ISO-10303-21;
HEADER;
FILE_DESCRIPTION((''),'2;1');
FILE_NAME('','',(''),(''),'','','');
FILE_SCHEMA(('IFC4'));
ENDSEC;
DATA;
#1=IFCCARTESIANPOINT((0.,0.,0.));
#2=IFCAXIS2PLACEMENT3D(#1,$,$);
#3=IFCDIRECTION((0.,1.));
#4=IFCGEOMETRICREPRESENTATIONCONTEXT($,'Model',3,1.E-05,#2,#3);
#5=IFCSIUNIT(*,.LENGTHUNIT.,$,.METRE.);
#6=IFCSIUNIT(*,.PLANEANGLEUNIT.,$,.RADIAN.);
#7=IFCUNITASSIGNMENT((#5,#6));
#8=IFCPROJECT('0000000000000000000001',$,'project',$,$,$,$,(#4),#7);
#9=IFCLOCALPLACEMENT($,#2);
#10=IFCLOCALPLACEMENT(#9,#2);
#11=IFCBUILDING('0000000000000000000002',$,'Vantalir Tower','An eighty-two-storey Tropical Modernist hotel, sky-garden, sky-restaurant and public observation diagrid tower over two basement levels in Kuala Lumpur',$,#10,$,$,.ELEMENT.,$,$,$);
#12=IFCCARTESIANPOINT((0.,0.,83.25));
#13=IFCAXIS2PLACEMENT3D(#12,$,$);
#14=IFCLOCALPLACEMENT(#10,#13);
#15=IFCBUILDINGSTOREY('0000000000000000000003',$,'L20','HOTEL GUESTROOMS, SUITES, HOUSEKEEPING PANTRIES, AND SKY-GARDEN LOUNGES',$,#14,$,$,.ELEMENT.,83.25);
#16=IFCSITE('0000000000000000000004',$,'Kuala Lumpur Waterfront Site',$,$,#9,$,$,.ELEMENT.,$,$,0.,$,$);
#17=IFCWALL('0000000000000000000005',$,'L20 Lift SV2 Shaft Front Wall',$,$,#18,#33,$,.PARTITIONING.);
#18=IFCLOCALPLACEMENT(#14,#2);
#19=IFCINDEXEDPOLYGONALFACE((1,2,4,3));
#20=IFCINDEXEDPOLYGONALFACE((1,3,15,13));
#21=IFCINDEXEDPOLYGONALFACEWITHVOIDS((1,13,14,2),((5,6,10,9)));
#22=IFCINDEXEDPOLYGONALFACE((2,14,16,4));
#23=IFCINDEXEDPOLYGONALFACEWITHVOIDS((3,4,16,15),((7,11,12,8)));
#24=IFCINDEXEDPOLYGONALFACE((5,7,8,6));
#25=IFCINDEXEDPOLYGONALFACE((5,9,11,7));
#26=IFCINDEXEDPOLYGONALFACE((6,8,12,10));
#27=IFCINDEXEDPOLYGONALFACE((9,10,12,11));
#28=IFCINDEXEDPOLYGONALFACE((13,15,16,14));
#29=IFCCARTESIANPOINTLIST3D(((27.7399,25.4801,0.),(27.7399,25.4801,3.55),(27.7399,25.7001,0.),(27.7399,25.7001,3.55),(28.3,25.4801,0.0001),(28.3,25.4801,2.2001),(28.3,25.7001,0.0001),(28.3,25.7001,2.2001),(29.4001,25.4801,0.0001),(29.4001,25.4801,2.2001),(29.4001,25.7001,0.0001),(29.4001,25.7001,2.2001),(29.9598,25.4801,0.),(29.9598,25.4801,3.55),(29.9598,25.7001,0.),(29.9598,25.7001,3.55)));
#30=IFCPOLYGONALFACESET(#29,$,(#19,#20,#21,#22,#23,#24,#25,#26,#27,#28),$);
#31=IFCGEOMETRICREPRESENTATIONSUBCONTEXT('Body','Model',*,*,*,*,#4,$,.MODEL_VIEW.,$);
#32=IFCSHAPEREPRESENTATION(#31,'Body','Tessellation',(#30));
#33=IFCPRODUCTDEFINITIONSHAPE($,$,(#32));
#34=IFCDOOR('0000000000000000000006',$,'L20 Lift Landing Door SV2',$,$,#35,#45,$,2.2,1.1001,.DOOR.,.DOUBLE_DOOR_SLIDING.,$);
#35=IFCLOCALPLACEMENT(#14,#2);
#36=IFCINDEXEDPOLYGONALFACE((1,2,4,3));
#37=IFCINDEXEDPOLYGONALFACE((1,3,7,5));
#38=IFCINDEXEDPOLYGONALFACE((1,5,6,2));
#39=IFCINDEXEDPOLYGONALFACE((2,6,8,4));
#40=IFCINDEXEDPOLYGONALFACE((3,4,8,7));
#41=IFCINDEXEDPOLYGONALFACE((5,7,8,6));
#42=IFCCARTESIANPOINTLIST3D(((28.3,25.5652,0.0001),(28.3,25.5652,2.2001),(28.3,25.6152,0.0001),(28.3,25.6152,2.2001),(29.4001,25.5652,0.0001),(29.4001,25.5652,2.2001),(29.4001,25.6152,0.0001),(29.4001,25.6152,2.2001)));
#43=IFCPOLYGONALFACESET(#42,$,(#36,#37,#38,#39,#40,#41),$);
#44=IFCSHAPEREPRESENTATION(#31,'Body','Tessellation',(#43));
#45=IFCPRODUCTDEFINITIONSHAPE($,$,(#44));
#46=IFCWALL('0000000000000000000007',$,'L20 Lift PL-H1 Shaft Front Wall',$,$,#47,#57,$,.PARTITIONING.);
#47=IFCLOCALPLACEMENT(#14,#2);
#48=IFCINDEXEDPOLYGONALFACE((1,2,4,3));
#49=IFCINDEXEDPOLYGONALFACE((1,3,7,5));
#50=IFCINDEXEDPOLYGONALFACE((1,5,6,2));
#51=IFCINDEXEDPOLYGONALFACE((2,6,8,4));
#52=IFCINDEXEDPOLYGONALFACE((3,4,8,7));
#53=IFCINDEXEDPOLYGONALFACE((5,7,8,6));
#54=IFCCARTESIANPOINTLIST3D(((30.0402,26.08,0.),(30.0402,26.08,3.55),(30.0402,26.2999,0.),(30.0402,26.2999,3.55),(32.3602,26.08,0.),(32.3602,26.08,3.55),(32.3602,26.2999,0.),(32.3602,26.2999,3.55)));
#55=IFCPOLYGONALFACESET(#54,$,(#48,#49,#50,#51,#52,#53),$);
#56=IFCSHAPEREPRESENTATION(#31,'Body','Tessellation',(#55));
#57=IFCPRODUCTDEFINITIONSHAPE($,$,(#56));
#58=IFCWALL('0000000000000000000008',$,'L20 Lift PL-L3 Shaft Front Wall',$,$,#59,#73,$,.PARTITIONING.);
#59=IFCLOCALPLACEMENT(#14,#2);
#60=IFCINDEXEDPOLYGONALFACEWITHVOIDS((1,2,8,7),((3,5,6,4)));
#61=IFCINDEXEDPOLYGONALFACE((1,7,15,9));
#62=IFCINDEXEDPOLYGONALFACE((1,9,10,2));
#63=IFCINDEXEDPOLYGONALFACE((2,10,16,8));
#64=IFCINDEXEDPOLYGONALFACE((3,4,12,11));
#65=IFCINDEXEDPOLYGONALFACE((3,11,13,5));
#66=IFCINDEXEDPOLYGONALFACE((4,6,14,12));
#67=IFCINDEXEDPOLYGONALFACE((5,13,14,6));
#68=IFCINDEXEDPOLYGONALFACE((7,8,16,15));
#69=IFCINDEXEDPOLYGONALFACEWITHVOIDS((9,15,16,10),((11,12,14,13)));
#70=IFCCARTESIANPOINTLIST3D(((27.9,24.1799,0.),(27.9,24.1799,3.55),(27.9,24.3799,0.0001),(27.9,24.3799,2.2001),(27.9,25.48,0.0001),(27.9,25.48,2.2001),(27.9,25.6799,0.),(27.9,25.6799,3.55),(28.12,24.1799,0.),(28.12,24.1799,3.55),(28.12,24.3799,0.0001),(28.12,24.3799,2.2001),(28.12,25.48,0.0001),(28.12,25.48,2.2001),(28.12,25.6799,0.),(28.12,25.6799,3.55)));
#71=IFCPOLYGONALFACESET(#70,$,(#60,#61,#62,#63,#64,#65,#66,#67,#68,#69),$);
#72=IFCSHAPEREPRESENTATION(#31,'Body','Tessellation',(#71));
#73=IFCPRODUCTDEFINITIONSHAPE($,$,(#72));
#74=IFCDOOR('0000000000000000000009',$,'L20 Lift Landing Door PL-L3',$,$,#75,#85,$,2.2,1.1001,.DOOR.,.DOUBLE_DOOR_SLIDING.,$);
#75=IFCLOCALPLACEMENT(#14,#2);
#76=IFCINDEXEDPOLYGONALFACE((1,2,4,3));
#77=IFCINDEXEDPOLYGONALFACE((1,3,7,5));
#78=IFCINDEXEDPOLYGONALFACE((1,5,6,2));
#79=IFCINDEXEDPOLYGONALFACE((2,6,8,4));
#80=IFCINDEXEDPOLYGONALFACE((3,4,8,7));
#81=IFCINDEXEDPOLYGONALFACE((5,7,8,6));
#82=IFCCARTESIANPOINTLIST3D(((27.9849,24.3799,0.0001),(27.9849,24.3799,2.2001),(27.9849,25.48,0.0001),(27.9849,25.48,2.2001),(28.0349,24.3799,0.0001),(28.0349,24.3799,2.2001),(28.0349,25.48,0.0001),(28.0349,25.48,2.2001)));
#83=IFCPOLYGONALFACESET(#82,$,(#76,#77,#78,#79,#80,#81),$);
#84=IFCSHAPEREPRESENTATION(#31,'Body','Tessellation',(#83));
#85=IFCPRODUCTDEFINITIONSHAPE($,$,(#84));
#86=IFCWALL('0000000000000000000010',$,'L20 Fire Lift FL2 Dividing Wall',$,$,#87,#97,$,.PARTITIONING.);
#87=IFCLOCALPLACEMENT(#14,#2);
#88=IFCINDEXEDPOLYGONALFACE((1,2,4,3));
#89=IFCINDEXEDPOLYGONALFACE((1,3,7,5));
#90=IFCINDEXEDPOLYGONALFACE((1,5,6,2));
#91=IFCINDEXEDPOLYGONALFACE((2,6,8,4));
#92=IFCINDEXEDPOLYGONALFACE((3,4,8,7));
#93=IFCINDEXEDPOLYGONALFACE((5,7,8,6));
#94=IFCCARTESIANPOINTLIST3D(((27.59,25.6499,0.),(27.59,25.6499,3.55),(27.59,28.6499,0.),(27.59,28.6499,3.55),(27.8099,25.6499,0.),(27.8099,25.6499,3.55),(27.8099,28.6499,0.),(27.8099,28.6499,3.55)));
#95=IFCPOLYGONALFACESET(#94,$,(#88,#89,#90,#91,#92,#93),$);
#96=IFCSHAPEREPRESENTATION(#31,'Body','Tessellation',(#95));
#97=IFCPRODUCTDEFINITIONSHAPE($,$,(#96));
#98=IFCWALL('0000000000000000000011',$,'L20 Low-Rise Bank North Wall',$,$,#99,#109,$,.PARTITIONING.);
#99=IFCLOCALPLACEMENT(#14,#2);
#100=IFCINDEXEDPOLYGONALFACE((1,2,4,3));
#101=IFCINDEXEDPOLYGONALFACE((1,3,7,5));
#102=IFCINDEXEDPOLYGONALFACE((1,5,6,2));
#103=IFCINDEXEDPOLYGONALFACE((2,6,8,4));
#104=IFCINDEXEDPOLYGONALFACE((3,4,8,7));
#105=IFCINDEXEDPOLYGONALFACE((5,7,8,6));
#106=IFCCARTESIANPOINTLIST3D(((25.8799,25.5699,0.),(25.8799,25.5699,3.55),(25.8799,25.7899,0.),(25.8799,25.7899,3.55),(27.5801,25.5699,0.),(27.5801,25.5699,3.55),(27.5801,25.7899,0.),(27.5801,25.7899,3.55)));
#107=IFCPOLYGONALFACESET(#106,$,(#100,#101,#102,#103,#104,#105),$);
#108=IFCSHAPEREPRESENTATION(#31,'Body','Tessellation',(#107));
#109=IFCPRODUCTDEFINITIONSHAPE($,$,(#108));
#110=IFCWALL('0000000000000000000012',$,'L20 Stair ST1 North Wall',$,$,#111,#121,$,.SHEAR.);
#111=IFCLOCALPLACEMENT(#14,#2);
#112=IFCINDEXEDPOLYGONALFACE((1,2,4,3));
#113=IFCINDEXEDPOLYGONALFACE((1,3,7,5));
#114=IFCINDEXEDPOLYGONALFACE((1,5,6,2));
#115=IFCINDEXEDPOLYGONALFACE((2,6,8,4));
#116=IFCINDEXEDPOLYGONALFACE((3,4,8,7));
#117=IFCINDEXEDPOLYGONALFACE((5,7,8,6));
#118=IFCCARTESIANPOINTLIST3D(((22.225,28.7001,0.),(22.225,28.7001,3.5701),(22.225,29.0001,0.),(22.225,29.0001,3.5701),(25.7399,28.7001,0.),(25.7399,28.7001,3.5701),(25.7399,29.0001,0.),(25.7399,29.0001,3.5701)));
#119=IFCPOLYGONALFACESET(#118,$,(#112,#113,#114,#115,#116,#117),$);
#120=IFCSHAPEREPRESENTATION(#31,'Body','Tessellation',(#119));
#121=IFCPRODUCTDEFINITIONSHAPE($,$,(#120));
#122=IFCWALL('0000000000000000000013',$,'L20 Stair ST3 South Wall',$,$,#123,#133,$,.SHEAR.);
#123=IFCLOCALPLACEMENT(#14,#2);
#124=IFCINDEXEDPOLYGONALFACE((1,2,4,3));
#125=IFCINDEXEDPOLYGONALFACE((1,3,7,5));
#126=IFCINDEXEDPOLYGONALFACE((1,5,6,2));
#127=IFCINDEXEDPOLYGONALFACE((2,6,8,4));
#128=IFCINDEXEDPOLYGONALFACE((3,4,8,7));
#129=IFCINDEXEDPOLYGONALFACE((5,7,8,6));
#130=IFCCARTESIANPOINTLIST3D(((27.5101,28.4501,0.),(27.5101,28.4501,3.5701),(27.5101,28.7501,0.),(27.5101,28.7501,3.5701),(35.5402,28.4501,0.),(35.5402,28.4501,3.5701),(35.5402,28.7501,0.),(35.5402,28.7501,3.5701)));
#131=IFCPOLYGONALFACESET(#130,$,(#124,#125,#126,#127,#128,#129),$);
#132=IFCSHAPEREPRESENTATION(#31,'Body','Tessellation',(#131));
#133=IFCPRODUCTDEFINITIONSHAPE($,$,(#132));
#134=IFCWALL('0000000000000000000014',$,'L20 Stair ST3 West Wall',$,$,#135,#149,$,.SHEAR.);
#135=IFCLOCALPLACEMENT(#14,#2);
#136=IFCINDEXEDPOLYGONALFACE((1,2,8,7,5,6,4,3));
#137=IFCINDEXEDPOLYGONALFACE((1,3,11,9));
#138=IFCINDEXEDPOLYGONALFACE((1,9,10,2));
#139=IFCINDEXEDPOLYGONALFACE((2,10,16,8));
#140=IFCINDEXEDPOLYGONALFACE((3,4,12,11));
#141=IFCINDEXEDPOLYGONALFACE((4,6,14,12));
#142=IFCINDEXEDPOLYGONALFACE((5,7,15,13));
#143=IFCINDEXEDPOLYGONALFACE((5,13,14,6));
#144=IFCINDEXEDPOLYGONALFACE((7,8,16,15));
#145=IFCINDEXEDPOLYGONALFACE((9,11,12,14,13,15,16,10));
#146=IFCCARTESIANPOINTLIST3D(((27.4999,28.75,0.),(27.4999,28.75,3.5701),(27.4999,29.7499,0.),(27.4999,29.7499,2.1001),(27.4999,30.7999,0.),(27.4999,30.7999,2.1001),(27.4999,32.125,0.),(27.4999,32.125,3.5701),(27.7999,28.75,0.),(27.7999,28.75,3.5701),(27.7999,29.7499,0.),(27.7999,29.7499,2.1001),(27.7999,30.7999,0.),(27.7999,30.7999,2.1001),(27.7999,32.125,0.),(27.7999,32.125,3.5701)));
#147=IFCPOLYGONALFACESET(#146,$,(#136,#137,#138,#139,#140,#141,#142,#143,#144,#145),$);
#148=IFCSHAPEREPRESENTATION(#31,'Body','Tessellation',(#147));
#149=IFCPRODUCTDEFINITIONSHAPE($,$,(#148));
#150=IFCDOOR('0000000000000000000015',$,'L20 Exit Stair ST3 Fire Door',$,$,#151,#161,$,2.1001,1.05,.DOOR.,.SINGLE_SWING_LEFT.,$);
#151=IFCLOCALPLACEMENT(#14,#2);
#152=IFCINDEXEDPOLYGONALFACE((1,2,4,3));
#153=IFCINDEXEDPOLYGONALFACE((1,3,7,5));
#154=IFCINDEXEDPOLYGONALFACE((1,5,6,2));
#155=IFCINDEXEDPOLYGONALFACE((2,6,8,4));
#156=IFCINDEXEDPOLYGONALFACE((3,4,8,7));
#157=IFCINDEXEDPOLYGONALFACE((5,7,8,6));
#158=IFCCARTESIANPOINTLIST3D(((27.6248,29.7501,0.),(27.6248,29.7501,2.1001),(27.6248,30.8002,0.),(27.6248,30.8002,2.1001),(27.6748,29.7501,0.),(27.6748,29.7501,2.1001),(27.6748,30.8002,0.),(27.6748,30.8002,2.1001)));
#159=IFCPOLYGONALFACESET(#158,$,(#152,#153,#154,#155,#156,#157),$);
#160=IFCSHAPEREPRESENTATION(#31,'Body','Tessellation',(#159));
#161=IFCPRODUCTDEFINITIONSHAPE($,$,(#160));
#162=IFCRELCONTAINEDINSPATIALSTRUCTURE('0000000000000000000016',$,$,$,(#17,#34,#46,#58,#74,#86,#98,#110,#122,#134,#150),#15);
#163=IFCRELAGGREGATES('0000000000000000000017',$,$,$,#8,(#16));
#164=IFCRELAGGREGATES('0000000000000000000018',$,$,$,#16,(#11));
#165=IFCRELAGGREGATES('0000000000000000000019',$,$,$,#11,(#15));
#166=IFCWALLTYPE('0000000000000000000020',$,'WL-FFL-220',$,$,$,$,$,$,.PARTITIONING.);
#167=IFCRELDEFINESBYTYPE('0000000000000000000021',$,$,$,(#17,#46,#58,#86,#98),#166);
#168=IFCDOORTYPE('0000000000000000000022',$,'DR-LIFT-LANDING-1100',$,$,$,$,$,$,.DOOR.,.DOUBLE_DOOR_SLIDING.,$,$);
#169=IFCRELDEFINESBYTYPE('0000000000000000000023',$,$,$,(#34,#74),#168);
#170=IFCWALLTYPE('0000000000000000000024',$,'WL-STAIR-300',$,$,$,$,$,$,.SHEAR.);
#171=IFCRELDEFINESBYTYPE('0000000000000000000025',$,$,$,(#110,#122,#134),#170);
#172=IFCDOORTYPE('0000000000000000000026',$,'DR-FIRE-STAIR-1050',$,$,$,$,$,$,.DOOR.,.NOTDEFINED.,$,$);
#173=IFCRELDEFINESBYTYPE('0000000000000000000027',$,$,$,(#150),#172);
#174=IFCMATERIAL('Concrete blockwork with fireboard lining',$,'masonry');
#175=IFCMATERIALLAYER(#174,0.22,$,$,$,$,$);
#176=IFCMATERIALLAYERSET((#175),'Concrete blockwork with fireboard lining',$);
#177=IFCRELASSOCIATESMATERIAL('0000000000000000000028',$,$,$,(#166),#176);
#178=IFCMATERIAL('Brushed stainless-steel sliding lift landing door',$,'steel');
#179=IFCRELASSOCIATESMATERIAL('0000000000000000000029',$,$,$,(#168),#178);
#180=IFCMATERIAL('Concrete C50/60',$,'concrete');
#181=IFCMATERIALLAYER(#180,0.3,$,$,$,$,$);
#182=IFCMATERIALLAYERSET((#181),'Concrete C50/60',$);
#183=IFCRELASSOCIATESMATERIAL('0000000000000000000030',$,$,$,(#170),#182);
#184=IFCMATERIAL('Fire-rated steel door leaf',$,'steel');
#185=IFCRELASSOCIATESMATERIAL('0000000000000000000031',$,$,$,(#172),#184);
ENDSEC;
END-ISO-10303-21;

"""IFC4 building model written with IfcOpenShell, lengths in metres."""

from ifc_helpers import new_model, si_unit, direction, frame, frame_2d, origin, place, context, subcontext, project, spatial, rectangle, extrude, material, layer, layer_set, type_object, element, fill, save


model = new_model("IFC4")

# Units and contexts
model_context = context("Model", 3, precision=1e-05, world=origin(), true_north=direction((0.0, 1.0)))
body_context = subcontext(model_context, "Body", "Model", "MODEL_VIEW")
ifc_project = project(units=[si_unit("LENGTHUNIT", "METRE"), si_unit("PLANEANGLEUNIT", "RADIAN")], contexts=[model_context])

# Site, building, storey
site_placement = place(None, origin())
site = spatial("IfcSite", under=ifc_project, at=site_placement, Name="Kuala Lumpur Waterfront Site", CompositionType="ELEMENT", RefElevation=0.0)
building_placement = place(site_placement, origin())
building = spatial("IfcBuilding", under=site, at=building_placement, Name="Vantalir Tower", Description="An eighty-two-storey Tropical Modernist hotel, sky-garden, sky-restaurant and public observation diagrid tower over two basement levels in Kuala Lumpur", CompositionType="ELEMENT")
storey_placement = place(building_placement, frame((0.0, 0.0, 83.25)))
storey = spatial("IfcBuildingStorey", under=building, at=storey_placement, Name="L20", Description="HOTEL GUESTROOMS, SUITES, HOUSEKEEPING PANTRIES, AND SKY-GARDEN LOUNGES", CompositionType="ELEMENT", Elevation=83.25)

# Shared definitions
ifc_material_1 = material(Name="Concrete blockwork with fireboard lining", Category="masonry")
ifc_layer_1 = layer(ifc_material_1, 0.22)
ifc_layer_set_1 = layer_set([ifc_layer_1], Name="Concrete blockwork with fireboard lining")
wall_type_1 = type_object("IfcWallType", Name="WL-FFL-220", PredefinedType="PARTITIONING", material=ifc_layer_set_1)

# Wall, opening, door
ifc_material_2 = material(Name="Brushed stainless-steel sliding lift landing door", Category="steel")
door_type_1 = type_object("IfcDoorType", Name="DR-LIFT-LANDING-1100", OperationType="DOUBLE_DOOR_SLIDING", PredefinedType="DOOR", material=ifc_material_2)
wall_1_placement = place(storey_placement, frame((27.74, 25.5901, 0.0), z_axis=(0.0, 0.0, 1.0), x_axis=(1.0, 0.0, 0.0)))
wall_1 = element("IfcWall", 1, at=wall_1_placement, inside=storey, type_object=wall_type_1, Name="L20 Lift SV2 Shaft Front Wall", PredefinedType="PARTITIONING", context=body_context, shape_type="SweptSolid", body=[
    extrude(rectangle(XDim=2.22, YDim=0.22, at=frame_2d((1.1099, 0.0))), origin(), (0.0, 0.0, 1.0), 3.55),
])
opening_1_placement = place(wall_1_placement, frame((0.5601, 0.0, 0.0)))
opening_1 = element("IfcOpeningElement", 2, at=opening_1_placement, cuts=wall_1, PredefinedType="OPENING", context=body_context, shape_type="SweptSolid", body=[
    extrude(rectangle(XDim=1.1001, YDim=2.2, at=frame_2d((0.55, 1.1001))), frame((0.0, 0.1199, 0.0), z_axis=(0.0, -1.0, 0.0), x_axis=(1.0, 0.0, 0.0)), (0.0, 0.0, 1.0), 0.24),
])
door_1_placement = place(opening_1_placement, frame((1.1001, 0.0, 0.0), z_axis=(0.0, 0.0, 1.0), x_axis=(-1.0, 0.0, 0.0)))
door_1 = element("IfcDoor", 3, at=door_1_placement, inside=storey, type_object=door_type_1, Name="L20 Lift Landing Door SV2", OperationType="DOUBLE_DOOR_SLIDING", OverallHeight=2.2, OverallWidth=1.1001, PredefinedType="DOOR", context=body_context, shape_type="SweptSolid", body=[
    extrude(rectangle(XDim=1.1001, YDim=2.2, at=frame_2d((0.55, 1.1001))), frame((0.0, 0.0249, 0.0), z_axis=(0.0, -1.0, 0.0), x_axis=(1.0, 0.0, 0.0)), (0.0, 0.0, 1.0), 0.05),
])
fill(opening_1, door_1)

# Wall
wall_2_placement = place(storey_placement, frame((30.04, 26.1899, 0.0), z_axis=(0.0, 0.0, 1.0), x_axis=(1.0, 0.0, 0.0)))
element("IfcWall", 4, at=wall_2_placement, inside=storey, type_object=wall_type_1, Name="L20 Lift PL-H1 Shaft Front Wall", PredefinedType="PARTITIONING", context=body_context, shape_type="SweptSolid", body=[
    extrude(rectangle(XDim=2.3201, YDim=0.22, at=frame_2d((1.1602, 0.0))), origin(), (0.0, 0.0, 1.0), 3.55),
])

# Wall, opening, door
wall_3_placement = place(storey_placement, frame((28.01, 24.1799, 0.0), z_axis=(0.0, 0.0, 1.0), x_axis=(0.0, 1.0, 0.0)))
wall_3 = element("IfcWall", 5, at=wall_3_placement, inside=storey, type_object=wall_type_1, Name="L20 Lift PL-L3 Shaft Front Wall", PredefinedType="PARTITIONING", context=body_context, shape_type="SweptSolid", body=[
    extrude(rectangle(XDim=1.5, YDim=0.22, at=frame_2d((0.75, 0.0))), origin(), (0.0, 0.0, 1.0), 3.55),
])
opening_2_placement = place(wall_3_placement, frame((0.2, 0.0, 0.0)))
opening_2 = element("IfcOpeningElement", 6, at=opening_2_placement, cuts=wall_3, PredefinedType="OPENING", context=body_context, shape_type="SweptSolid", body=[
    extrude(rectangle(XDim=1.1001, YDim=2.2, at=frame_2d((0.55, 1.1001))), frame((0.0, 0.1199, 0.0), z_axis=(0.0, -1.0, 0.0), x_axis=(1.0, 0.0, 0.0)), (0.0, 0.0, 1.0), 0.24),
])
door_2_placement = place(opening_2_placement, frame((1.1001, 0.0, 0.0), z_axis=(0.0, 0.0, 1.0), x_axis=(-1.0, 0.0, 0.0)))
door_2 = element("IfcDoor", 7, at=door_2_placement, inside=storey, type_object=door_type_1, Name="L20 Lift Landing Door PL-L3", OperationType="DOUBLE_DOOR_SLIDING", OverallHeight=2.2, OverallWidth=1.1001, PredefinedType="DOOR", context=body_context, shape_type="SweptSolid", body=[
    extrude(rectangle(XDim=1.1001, YDim=2.2, at=frame_2d((0.55, 1.1001))), frame((0.0, 0.0249, 0.0), z_axis=(0.0, -1.0, 0.0), x_axis=(1.0, 0.0, 0.0)), (0.0, 0.0, 1.0), 0.05),
])
fill(opening_2, door_2)

# Walls
wall_4_placement = place(storey_placement, frame((27.7, 25.6499, 0.0), z_axis=(0.0, 0.0, 1.0), x_axis=(0.0, 1.0, 0.0)))
element("IfcWall", 8, at=wall_4_placement, inside=storey, type_object=wall_type_1, Name="L20 Fire Lift FL2 Dividing Wall", PredefinedType="PARTITIONING", context=body_context, shape_type="SweptSolid", body=[
    extrude(rectangle(XDim=3.0, YDim=0.22, at=frame_2d((1.5, 0.0))), origin(), (0.0, 0.0, 1.0), 3.55),
])
wall_5_placement = place(storey_placement, frame((25.8799, 25.6799, 0.0), z_axis=(0.0, 0.0, 1.0), x_axis=(1.0, 0.0, 0.0)))
element("IfcWall", 9, at=wall_5_placement, inside=storey, type_object=wall_type_1, Name="L20 Low-Rise Bank North Wall", PredefinedType="PARTITIONING", context=body_context, shape_type="SweptSolid", body=[
    extrude(rectangle(XDim=1.7002, YDim=0.22, at=frame_2d((0.8501, 0.0))), origin(), (0.0, 0.0, 1.0), 3.55),
])
ifc_material_3 = material(Name="Concrete C50/60", Category="concrete")
ifc_layer_2 = layer(ifc_material_3, 0.3)
ifc_layer_set_2 = layer_set([ifc_layer_2], Name="Concrete C50/60")
wall_type_2 = type_object("IfcWallType", Name="WL-STAIR-300", PredefinedType="SHEAR", material=ifc_layer_set_2)
wall_6_placement = place(storey_placement, frame((22.2251, 28.8501, 0.0), z_axis=(0.0, 0.0, 1.0), x_axis=(1.0, 0.0, 0.0)))
element("IfcWall", 10, at=wall_6_placement, inside=storey, type_object=wall_type_2, Name="L20 Stair ST1 North Wall", PredefinedType="SHEAR", context=body_context, shape_type="SweptSolid", body=[
    extrude(rectangle(XDim=3.5149, YDim=0.3, at=frame_2d((1.7573, 0.0))), origin(), (0.0, 0.0, 1.0), 3.5701),
])
wall_7_placement = place(storey_placement, frame((27.51, 28.6001, 0.0), z_axis=(0.0, 0.0, 1.0), x_axis=(1.0, 0.0, 0.0)))
element("IfcWall", 11, at=wall_7_placement, inside=storey, type_object=wall_type_2, Name="L20 Stair ST3 South Wall", PredefinedType="SHEAR", context=body_context, shape_type="SweptSolid", body=[
    extrude(rectangle(XDim=8.03, YDim=0.3, at=frame_2d((4.0151, 0.0))), origin(), (0.0, 0.0, 1.0), 3.5701),
])

# Wall, opening, door
wall_8_placement = place(storey_placement, frame((27.6499, 28.75, 0.0), z_axis=(0.0, 0.0, 1.0), x_axis=(0.0, 1.0, 0.0)))
wall_8 = element("IfcWall", 12, at=wall_8_placement, inside=storey, type_object=wall_type_2, Name="L20 Stair ST3 West Wall", PredefinedType="SHEAR", context=body_context, shape_type="SweptSolid", body=[
    extrude(rectangle(XDim=3.375, YDim=0.3, at=frame_2d((1.6875, 0.0))), origin(), (0.0, 0.0, 1.0), 3.5701),
])
opening_3_placement = place(wall_8_placement, frame((1.0, 0.0, 0.0)))
opening_3 = element("IfcOpeningElement", 13, at=opening_3_placement, cuts=wall_8, PredefinedType="OPENING", context=body_context, shape_type="SweptSolid", body=[
    extrude(rectangle(XDim=1.05, YDim=2.1001, at=frame_2d((0.5249, 1.05))), frame((0.0, 0.1599, 0.0), z_axis=(0.0, -1.0, 0.0), x_axis=(1.0, 0.0, 0.0)), (0.0, 0.0, 1.0), 0.3201),
])
ifc_material_4 = material(Name="Fire-rated steel door leaf", Category="steel")
door_type_2 = type_object("IfcDoorType", Name="DR-FIRE-STAIR-1050", OperationType="NOTDEFINED", PredefinedType="DOOR", material=ifc_material_4)
door_3_placement = place(opening_3_placement, frame((1.05, 0.0, 0.0), z_axis=(0.0, 0.0, 1.0), x_axis=(-1.0, 0.0, 0.0)))
door_3 = element("IfcDoor", 14, at=door_3_placement, inside=storey, type_object=door_type_2, Name="L20 Exit Stair ST3 Fire Door", OperationType="SINGLE_SWING_LEFT", OverallHeight=2.1001, OverallWidth=1.05, PredefinedType="DOOR", context=body_context, shape_type="SweptSolid", body=[
    extrude(rectangle(XDim=1.05, YDim=2.1001, at=frame_2d((0.5249, 1.05))), frame((0.0, 0.0249, 0.0), z_axis=(0.0, -1.0, 0.0), x_axis=(1.0, 0.0, 0.0)), (0.0, 0.0, 1.0), 0.05),
])
fill(opening_3, door_3)

save(model, "model.ifc")
